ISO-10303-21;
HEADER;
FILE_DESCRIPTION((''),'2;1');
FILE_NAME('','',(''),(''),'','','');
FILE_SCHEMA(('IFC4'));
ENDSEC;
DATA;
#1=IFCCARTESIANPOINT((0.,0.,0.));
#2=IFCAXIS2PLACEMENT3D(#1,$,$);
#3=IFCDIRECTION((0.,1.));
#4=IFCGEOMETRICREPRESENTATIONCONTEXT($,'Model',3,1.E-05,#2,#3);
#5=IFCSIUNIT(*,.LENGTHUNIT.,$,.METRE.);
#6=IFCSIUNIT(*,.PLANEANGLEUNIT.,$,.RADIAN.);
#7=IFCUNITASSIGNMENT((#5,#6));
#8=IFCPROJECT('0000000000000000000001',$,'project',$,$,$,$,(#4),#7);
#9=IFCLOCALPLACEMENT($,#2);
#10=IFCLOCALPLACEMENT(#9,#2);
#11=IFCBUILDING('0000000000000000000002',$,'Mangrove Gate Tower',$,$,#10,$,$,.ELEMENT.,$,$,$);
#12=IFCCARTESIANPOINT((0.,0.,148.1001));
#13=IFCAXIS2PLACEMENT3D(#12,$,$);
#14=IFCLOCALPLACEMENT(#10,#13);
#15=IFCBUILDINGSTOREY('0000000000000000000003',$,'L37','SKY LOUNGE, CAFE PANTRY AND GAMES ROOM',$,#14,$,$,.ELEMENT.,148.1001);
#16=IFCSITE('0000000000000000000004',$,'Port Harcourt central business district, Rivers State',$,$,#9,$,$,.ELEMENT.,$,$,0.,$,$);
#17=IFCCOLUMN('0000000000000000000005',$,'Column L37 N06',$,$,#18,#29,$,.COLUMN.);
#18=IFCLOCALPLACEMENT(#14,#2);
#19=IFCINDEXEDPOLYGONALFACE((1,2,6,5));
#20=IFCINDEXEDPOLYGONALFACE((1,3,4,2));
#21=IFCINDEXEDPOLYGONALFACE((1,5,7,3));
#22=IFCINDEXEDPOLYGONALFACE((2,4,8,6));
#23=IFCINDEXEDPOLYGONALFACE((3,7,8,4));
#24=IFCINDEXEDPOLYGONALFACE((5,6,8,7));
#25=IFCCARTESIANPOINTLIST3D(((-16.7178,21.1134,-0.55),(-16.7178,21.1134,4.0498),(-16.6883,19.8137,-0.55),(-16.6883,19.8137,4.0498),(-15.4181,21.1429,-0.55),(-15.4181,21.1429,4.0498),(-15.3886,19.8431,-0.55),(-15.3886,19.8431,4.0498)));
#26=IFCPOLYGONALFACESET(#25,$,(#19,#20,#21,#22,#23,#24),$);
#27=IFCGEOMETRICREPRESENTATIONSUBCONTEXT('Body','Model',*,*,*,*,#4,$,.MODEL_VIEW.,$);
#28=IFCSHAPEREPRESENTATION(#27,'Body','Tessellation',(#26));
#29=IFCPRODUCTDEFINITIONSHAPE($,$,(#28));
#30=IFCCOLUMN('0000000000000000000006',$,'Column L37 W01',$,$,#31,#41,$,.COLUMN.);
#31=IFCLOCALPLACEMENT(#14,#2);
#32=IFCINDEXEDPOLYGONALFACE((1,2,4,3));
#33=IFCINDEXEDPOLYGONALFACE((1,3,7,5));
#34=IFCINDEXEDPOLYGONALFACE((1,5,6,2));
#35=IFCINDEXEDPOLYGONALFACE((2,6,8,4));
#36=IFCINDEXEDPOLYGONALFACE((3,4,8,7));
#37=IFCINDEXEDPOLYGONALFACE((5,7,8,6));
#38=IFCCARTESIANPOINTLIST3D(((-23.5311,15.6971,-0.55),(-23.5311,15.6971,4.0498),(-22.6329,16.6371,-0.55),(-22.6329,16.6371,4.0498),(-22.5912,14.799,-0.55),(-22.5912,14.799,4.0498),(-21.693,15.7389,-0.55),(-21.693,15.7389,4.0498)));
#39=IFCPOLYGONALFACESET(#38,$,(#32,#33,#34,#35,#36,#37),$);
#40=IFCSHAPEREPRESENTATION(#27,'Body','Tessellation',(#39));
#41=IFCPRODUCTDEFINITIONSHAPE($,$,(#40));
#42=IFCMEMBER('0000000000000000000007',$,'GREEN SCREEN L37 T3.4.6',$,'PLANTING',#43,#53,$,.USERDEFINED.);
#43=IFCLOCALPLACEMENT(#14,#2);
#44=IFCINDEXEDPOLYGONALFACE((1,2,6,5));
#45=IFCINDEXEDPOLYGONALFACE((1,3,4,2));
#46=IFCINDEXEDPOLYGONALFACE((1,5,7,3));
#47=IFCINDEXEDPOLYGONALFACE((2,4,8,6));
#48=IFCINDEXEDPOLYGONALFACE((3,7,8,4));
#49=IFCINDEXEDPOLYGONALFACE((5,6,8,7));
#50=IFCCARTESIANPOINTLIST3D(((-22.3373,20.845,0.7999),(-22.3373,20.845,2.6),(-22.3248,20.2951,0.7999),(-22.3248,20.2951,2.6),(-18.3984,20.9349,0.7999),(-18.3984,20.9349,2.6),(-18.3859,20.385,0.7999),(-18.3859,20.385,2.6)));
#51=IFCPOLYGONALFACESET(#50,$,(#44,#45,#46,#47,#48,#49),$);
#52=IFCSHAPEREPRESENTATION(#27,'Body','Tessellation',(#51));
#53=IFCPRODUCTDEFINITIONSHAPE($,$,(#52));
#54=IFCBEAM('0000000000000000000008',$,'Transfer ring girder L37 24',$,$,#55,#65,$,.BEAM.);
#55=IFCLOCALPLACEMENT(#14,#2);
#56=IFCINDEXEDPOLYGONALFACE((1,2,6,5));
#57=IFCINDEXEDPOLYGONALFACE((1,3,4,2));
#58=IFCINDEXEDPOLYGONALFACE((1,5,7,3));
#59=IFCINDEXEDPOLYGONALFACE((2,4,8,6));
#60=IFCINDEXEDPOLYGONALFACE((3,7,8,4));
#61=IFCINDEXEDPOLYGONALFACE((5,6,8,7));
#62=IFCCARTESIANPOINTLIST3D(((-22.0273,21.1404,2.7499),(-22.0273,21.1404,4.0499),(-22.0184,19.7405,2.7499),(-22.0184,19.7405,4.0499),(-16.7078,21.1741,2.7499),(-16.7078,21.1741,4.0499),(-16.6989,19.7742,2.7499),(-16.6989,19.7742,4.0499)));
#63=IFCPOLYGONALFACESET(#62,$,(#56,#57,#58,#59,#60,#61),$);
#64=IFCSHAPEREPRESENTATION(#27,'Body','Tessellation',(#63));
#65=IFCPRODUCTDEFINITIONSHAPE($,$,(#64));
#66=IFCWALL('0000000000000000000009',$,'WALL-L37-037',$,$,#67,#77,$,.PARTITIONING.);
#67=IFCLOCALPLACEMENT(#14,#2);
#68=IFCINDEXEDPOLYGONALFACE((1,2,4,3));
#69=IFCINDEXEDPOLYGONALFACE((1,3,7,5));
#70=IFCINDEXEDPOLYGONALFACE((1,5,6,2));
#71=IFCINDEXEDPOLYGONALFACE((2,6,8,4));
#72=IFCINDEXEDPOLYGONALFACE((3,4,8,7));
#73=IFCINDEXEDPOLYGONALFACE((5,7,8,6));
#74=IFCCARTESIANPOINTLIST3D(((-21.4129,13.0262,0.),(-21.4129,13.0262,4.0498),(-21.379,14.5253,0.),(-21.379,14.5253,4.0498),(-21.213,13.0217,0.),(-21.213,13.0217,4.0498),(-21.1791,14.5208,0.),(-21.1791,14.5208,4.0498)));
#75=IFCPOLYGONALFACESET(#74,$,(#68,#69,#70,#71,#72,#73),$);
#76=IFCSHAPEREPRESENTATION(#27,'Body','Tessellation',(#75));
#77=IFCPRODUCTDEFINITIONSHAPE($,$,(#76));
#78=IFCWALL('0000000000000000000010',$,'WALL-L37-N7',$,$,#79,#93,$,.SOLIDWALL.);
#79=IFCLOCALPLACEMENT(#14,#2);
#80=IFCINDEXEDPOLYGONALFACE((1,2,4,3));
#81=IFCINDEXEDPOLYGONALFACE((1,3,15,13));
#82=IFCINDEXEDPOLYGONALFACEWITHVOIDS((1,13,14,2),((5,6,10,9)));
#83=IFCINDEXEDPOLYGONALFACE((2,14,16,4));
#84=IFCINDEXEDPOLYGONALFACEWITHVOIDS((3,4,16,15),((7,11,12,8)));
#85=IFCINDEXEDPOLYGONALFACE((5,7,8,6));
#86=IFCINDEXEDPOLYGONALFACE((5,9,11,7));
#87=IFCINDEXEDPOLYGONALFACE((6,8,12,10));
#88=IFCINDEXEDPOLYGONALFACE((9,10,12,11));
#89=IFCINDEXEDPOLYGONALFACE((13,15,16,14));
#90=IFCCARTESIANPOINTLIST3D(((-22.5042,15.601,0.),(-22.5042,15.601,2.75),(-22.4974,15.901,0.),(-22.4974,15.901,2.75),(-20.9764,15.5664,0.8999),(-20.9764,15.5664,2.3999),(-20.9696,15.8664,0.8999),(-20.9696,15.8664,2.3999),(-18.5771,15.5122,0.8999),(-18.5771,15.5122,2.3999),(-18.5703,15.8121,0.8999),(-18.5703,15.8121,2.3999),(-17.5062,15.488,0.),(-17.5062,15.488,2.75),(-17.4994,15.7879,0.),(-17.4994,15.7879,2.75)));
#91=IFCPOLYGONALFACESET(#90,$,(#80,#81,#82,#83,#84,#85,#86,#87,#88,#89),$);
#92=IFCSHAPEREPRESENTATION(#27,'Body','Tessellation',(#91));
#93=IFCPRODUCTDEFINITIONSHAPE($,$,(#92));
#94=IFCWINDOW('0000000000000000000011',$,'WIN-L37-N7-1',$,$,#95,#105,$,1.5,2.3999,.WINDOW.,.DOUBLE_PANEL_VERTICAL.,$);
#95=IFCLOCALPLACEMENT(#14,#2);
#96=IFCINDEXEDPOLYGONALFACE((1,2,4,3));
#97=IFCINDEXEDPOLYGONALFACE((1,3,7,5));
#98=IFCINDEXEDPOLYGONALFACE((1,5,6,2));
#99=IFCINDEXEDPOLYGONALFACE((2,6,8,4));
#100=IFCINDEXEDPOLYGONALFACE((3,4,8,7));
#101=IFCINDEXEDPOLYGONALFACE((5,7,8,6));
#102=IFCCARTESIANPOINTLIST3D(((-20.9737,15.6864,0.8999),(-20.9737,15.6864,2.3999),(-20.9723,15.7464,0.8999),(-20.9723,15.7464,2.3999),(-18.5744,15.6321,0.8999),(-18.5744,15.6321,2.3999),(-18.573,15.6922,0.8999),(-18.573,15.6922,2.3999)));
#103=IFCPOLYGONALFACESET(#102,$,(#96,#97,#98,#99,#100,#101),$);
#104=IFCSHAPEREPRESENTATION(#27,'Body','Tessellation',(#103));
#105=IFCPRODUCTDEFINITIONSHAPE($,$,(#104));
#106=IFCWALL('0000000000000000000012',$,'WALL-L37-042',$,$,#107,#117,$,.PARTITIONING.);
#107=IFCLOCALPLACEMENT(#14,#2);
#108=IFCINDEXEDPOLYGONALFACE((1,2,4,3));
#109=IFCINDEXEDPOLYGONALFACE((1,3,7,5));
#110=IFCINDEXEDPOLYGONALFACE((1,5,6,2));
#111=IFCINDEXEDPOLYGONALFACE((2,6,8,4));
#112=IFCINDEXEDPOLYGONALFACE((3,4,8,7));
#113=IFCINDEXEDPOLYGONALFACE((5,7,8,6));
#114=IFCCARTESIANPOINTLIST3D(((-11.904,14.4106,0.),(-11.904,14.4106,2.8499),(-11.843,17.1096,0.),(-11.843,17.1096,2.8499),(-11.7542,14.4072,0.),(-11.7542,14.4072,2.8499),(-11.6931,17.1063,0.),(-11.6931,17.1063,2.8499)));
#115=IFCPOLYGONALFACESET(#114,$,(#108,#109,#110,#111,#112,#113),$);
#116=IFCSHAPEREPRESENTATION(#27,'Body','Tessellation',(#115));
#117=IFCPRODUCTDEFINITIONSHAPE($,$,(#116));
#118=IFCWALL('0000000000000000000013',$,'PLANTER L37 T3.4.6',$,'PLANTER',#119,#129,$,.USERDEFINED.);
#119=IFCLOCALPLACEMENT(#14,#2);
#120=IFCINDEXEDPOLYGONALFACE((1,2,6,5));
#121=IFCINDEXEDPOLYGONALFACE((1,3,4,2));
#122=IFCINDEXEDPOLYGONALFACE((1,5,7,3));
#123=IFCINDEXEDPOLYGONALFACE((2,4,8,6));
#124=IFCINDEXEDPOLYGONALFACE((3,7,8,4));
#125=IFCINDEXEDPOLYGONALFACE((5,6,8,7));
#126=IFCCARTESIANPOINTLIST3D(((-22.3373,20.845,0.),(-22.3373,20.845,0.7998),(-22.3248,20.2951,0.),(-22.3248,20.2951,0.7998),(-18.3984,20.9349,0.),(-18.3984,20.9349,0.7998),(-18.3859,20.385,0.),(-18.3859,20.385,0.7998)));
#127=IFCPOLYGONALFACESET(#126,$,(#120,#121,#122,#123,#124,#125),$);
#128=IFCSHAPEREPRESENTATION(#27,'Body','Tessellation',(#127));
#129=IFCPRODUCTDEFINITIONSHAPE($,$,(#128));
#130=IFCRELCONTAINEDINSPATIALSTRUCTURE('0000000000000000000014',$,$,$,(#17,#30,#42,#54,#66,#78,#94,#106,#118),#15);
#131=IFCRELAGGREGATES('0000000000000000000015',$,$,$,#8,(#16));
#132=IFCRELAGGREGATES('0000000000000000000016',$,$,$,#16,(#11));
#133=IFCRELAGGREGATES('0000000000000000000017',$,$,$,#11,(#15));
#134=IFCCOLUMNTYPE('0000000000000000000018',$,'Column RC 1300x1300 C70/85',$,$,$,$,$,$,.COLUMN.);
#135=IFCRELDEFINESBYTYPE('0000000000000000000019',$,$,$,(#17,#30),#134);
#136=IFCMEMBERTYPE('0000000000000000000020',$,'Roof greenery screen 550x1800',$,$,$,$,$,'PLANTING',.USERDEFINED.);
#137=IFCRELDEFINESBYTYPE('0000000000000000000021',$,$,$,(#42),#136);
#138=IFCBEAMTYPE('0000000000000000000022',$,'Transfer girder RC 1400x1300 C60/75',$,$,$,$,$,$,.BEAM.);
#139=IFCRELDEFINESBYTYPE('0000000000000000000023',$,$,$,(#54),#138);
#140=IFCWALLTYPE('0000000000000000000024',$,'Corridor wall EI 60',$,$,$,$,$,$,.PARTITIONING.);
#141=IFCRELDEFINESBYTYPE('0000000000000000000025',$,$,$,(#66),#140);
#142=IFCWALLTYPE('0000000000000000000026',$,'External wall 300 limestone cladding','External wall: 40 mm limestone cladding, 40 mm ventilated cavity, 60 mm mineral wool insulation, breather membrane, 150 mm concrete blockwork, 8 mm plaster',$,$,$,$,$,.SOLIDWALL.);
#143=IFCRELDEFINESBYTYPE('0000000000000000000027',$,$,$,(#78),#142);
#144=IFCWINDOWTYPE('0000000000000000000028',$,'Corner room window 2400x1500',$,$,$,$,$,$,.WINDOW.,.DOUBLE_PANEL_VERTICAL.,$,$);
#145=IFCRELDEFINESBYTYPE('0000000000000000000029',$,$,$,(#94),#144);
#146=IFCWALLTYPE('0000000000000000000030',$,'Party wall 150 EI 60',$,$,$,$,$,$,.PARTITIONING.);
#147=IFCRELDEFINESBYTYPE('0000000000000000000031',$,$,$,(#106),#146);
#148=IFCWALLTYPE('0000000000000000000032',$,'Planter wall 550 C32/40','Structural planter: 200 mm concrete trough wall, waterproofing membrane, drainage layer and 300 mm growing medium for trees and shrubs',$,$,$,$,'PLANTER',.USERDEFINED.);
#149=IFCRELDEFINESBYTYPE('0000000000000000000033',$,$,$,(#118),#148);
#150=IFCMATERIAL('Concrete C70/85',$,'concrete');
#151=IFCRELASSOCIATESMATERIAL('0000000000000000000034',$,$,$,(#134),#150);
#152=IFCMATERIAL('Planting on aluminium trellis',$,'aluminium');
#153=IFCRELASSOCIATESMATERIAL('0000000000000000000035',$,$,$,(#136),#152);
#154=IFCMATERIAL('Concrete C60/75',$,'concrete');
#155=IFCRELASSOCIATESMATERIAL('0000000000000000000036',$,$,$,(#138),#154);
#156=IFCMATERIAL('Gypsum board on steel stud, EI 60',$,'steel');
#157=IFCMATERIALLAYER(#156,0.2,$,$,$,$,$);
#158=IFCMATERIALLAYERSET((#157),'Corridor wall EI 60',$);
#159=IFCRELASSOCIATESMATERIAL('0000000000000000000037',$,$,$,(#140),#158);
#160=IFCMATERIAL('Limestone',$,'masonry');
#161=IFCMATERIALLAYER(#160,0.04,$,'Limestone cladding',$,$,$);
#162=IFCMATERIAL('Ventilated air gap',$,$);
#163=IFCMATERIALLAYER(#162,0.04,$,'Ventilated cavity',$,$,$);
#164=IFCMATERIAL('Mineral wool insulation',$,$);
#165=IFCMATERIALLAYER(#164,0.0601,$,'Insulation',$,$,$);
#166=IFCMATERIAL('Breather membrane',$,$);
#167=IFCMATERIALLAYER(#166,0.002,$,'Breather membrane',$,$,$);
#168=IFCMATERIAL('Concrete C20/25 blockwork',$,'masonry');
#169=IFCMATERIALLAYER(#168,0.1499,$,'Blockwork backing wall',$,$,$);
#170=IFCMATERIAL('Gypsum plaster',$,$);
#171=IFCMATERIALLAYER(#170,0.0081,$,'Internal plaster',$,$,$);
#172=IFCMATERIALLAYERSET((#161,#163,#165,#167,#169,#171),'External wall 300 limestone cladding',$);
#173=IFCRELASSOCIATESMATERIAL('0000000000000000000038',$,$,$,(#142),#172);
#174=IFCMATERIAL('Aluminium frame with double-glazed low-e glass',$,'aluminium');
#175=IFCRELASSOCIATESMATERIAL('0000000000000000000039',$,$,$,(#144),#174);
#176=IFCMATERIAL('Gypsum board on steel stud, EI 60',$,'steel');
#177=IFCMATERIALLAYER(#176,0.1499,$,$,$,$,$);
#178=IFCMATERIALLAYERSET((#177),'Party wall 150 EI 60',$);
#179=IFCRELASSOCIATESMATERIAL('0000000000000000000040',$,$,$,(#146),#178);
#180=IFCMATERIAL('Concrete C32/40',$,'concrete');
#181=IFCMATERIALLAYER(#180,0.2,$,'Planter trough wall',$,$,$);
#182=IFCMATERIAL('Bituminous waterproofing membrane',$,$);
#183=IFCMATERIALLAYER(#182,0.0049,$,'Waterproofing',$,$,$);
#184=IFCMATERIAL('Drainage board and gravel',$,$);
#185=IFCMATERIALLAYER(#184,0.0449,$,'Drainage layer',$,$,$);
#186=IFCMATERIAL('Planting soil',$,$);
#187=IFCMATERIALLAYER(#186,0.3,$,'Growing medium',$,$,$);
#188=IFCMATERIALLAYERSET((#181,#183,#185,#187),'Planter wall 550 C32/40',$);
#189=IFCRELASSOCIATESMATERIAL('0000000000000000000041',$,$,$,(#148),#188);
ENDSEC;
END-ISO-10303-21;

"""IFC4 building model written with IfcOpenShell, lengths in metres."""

from ifc_helpers import new_model, si_unit, direction, frame, frame_2d, origin, origin_2d, place, context, subcontext, project, spatial, rectangle, extrude, material, layer, layer_set, material_profile, profile_set, type_object, element, fill, save


model = new_model("IFC4")

# Units and contexts
model_context = context("Model", 3, precision=1e-05, world=origin(), true_north=direction((0.0, 1.0)))
body_context = subcontext(model_context, "Body", "Model", "MODEL_VIEW")
ifc_project = project(units=[si_unit("LENGTHUNIT", "METRE"), si_unit("PLANEANGLEUNIT", "RADIAN")], contexts=[model_context])

# Site, building, storey
site_placement = place(None, origin())
site = spatial("IfcSite", under=ifc_project, at=site_placement, Name="Port Harcourt central business district, Rivers State", CompositionType="ELEMENT", RefElevation=0.0)
building_placement = place(site_placement, origin())
building = spatial("IfcBuilding", under=site, at=building_placement, Name="Mangrove Gate Tower", CompositionType="ELEMENT")
storey_placement = place(building_placement, frame((0.0, 0.0, 148.1001)))
storey = spatial("IfcBuildingStorey", under=building, at=storey_placement, Name="L37", Description="SKY LOUNGE, CAFE PANTRY AND GAMES ROOM", CompositionType="ELEMENT", Elevation=148.1001)

# Columns
ifc_material_1 = material(Name="Concrete C70/85", Category="concrete")
ifc_material_profile_1 = material_profile(ifc_material_1, rectangle(XDim=1.3, YDim=1.3, at=origin_2d()))
ifc_profile_set_1 = profile_set([ifc_material_profile_1], Name="Concrete C70/85")
column_type = type_object("IfcColumnType", Name="Column RC 1300x1300 C70/85", PredefinedType="COLUMN", material=ifc_profile_set_1)
for number, where, z_axis, x_axis, name in (
    (1, (-16.0532, 20.4783, -0.55), (0.0, 0.0, 1.0), (-0.999743, -0.022669, 0.0), "Column L37 N06"),
    (2, (-22.6121, 15.718, -0.55), (0.0, 0.0, 1.0), (-0.690868, -0.722981, 0.0), "Column L37 W01"),
):
    element("IfcColumn", number, at=place(storey_placement, frame(where, z_axis=z_axis, x_axis=x_axis)), inside=storey, type_object=column_type, Name=name, PredefinedType="COLUMN", context=body_context, shape_type="SweptSolid", body=[
        extrude(rectangle(XDim=1.3, YDim=1.3, at=origin_2d()), origin(), (0.0, 0.0, 1.0), 4.5999),
    ])

# Member
ifc_material_2 = material(Name="Planting on aluminium trellis", Category="aluminium")
ifc_material_profile_2 = material_profile(ifc_material_2, rectangle(XDim=0.55, YDim=1.8, at=origin_2d()))
ifc_profile_set_2 = profile_set([ifc_material_profile_2], Name="Planting on aluminium trellis")
member_type = type_object("IfcMemberType", Name="Roof greenery screen 550x1800", ElementType="PLANTING", PredefinedType="USERDEFINED", material=ifc_profile_set_2)
member_placement = place(storey_placement, frame((-22.3311, 20.5701, 1.7), z_axis=(0.99974, 0.022803, 0.0), x_axis=(-0.022803, 0.99974, 0.0)))
element("IfcMember", 3, at=member_placement, inside=storey, type_object=member_type, Name="GREEN SCREEN L37 T3.4.6", ObjectType="PLANTING", PredefinedType="USERDEFINED", context=body_context, shape_type="SweptSolid", body=[
    extrude(rectangle(XDim=0.55, YDim=1.8, at=origin_2d()), origin(), (0.0, 0.0, 1.0), 3.9399),
])

# Beam
ifc_material_3 = material(Name="Concrete C60/75", Category="concrete")
ifc_material_profile_3 = material_profile(ifc_material_3, rectangle(XDim=1.3999, YDim=1.3, at=origin_2d()))
ifc_profile_set_3 = profile_set([ifc_material_profile_3], Name="Concrete C60/75")
beam_type = type_object("IfcBeamType", Name="Transfer girder RC 1400x1300 C60/75", PredefinedType="BEAM", material=ifc_profile_set_3)
beam_placement = place(storey_placement, frame((-16.7034, 20.4741, 3.3999), z_axis=(-0.99998, -0.006333, 0.0), x_axis=(0.006333, -0.99998, 0.0)))
element("IfcBeam", 4, at=beam_placement, inside=storey, type_object=beam_type, Name="Transfer ring girder L37 24", PredefinedType="BEAM", context=body_context, shape_type="SweptSolid", body=[
    extrude(rectangle(XDim=1.3999, YDim=1.3, at=origin_2d()), origin(), (0.0, 0.0, 1.0), 5.3196),
])

# Wall
ifc_material_4 = material(Name="Gypsum board on steel stud, EI 60", Category="steel")
ifc_layer_1 = layer(ifc_material_4, 0.2)
ifc_layer_set_1 = layer_set([ifc_layer_1], Name="Corridor wall EI 60")
wall_type_1 = type_object("IfcWallType", Name="Corridor wall EI 60", PredefinedType="PARTITIONING", material=ifc_layer_set_1)
wall_1_placement = place(storey_placement, frame((-21.313, 13.0239, 0.0), z_axis=(0.0, 0.0, 1.0), x_axis=(0.022633, 0.999744, 0.0)))
element("IfcWall", 5, at=wall_1_placement, inside=storey, type_object=wall_type_1, Name="WALL-L37-037", PredefinedType="PARTITIONING", context=body_context, shape_type="SweptSolid", body=[
    extrude(rectangle(XDim=1.4995, YDim=0.2, at=frame_2d((0.7498, 0.0))), origin(), (0.0, 0.0, 1.0), 4.0498),
])

# Shared definitions
ifc_material_5 = material(Name="Limestone", Category="masonry")
ifc_layer_2 = layer(ifc_material_5, 0.04, Name="Limestone cladding")
ifc_material_6 = material(Name="Ventilated air gap")
ifc_layer_3 = layer(ifc_material_6, 0.04, Name="Ventilated cavity")
ifc_material_7 = material(Name="Mineral wool insulation")
ifc_layer_4 = layer(ifc_material_7, 0.0601, Name="Insulation")
ifc_material_8 = material(Name="Breather membrane")
ifc_layer_5 = layer(ifc_material_8, 0.002, Name="Breather membrane")
ifc_material_9 = material(Name="Concrete C20/25 blockwork", Category="masonry")
ifc_layer_6 = layer(ifc_material_9, 0.1499, Name="Blockwork backing wall")
ifc_material_10 = material(Name="Gypsum plaster")
ifc_layer_7 = layer(ifc_material_10, 0.0081, Name="Internal plaster")
ifc_layer_set_2 = layer_set([ifc_layer_2, ifc_layer_3, ifc_layer_4, ifc_layer_5, ifc_layer_6, ifc_layer_7], Name="External wall 300 limestone cladding")
wall_type_2 = type_object("IfcWallType", Name="External wall 300 limestone cladding", Description="External wall: 40 mm limestone cladding, 40 mm ventilated cavity, 60 mm mineral wool insulation, breather membrane, 150 mm concrete blockwork, 8 mm plaster", PredefinedType="SOLIDWALL", material=ifc_layer_set_2)

# Wall, opening, window
wall_2_placement = place(storey_placement, frame((-17.5029, 15.6379, 0.0), z_axis=(0.0, 0.0, 1.0), x_axis=(-0.999744, 0.02261, 0.0)))
wall_2 = element("IfcWall", 6, at=wall_2_placement, inside=storey, type_object=wall_type_2, Name="WALL-L37-N7", PredefinedType="SOLIDWALL", context=body_context, shape_type="SweptSolid", body=[
    extrude(rectangle(XDim=4.9993, YDim=0.3, at=frame_2d((2.4995, 0.0))), origin(), (0.0, 0.0, 1.0), 2.75),
])
opening_1_placement = place(wall_2_placement, frame((1.071, 0.0, 0.8999)))
opening_1 = element("IfcOpeningElement", 7, at=opening_1_placement, cuts=wall_2, PredefinedType="OPENING", context=body_context, shape_type="SweptSolid", body=[
    extrude(rectangle(XDim=2.3999, YDim=1.5, at=frame_2d((1.2, 0.75))), frame((0.0, 0.1599, 0.0), z_axis=(0.0, -1.0, 0.0), x_axis=(1.0, 0.0, 0.0)), (0.0, 0.0, 1.0), 0.3201),
])
ifc_material_11 = material(Name="Aluminium frame with double-glazed low-e glass", Category="aluminium")
window_type = type_object("IfcWindowType", Name="Corner room window 2400x1500", PartitioningType="DOUBLE_PANEL_VERTICAL", PredefinedType="WINDOW", material=ifc_material_11)
window_1_placement = place(opening_1_placement, origin())
window_1 = element("IfcWindow", 8, at=window_1_placement, inside=storey, type_object=window_type, Name="WIN-L37-N7-1", OverallHeight=1.5, OverallWidth=2.3999, PartitioningType="DOUBLE_PANEL_VERTICAL", PredefinedType="WINDOW", context=body_context, shape_type="SweptSolid", body=[
    extrude(rectangle(XDim=2.3999, YDim=1.5, at=frame_2d((1.2, 0.75))), frame((0.0, 0.03, 0.0), z_axis=(0.0, -1.0, 0.0), x_axis=(1.0, 0.0, 0.0)), (0.0, 0.0, 1.0), 0.0601),
])
fill(opening_1, window_1)

# Walls
ifc_material_12 = material(Name="Gypsum board on steel stud, EI 60", Category="steel")
ifc_layer_8 = layer(ifc_material_12, 0.1499)
ifc_layer_set_3 = layer_set([ifc_layer_8], Name="Party wall 150 EI 60")
wall_type_3 = type_object("IfcWallType", Name="Party wall 150 EI 60", PredefinedType="PARTITIONING", material=ifc_layer_set_3)
wall_3_placement = place(storey_placement, frame((-11.8291, 14.4089, 0.0), z_axis=(0.0, 0.0, 1.0), x_axis=(0.022608, 0.999744, 0.0)))
element("IfcWall", 9, at=wall_3_placement, inside=storey, type_object=wall_type_3, Name="WALL-L37-042", PredefinedType="PARTITIONING", context=body_context, shape_type="SweptSolid", body=[
    extrude(rectangle(XDim=2.6997, YDim=0.1499, at=frame_2d((1.3499, 0.0))), origin(), (0.0, 0.0, 1.0), 2.8499),
])
ifc_material_13 = material(Name="Concrete C32/40", Category="concrete")
ifc_layer_9 = layer(ifc_material_13, 0.2, Name="Planter trough wall")
ifc_material_14 = material(Name="Bituminous waterproofing membrane")
ifc_layer_10 = layer(ifc_material_14, 0.0049, Name="Waterproofing")
ifc_material_15 = material(Name="Drainage board and gravel")
ifc_layer_11 = layer(ifc_material_15, 0.0449, Name="Drainage layer")
ifc_material_16 = material(Name="Planting soil")
ifc_layer_12 = layer(ifc_material_16, 0.3, Name="Growing medium")
ifc_layer_set_4 = layer_set([ifc_layer_9, ifc_layer_10, ifc_layer_11, ifc_layer_12], Name="Planter wall 550 C32/40")
wall_type_4 = type_object("IfcWallType", Name="Planter wall 550 C32/40", Description="Structural planter: 200 mm concrete trough wall, waterproofing membrane, drainage layer and 300 mm growing medium for trees and shrubs", ElementType="PLANTER", PredefinedType="USERDEFINED", material=ifc_layer_set_4)
wall_4_placement = place(storey_placement, frame((-22.3311, 20.5701, 0.0), z_axis=(0.0, 0.0, 1.0), x_axis=(0.99974, 0.022803, 0.0)))
element("IfcWall", 10, at=wall_4_placement, inside=storey, type_object=wall_type_4, Name="PLANTER L37 T3.4.6", ObjectType="PLANTER", PredefinedType="USERDEFINED", context=body_context, shape_type="SweptSolid", body=[
    extrude(rectangle(XDim=3.9399, YDim=0.55, at=frame_2d((1.97, 0.0))), origin(), (0.0, 0.0, 1.0), 0.7998),
])

save(model, "model.ifc")
